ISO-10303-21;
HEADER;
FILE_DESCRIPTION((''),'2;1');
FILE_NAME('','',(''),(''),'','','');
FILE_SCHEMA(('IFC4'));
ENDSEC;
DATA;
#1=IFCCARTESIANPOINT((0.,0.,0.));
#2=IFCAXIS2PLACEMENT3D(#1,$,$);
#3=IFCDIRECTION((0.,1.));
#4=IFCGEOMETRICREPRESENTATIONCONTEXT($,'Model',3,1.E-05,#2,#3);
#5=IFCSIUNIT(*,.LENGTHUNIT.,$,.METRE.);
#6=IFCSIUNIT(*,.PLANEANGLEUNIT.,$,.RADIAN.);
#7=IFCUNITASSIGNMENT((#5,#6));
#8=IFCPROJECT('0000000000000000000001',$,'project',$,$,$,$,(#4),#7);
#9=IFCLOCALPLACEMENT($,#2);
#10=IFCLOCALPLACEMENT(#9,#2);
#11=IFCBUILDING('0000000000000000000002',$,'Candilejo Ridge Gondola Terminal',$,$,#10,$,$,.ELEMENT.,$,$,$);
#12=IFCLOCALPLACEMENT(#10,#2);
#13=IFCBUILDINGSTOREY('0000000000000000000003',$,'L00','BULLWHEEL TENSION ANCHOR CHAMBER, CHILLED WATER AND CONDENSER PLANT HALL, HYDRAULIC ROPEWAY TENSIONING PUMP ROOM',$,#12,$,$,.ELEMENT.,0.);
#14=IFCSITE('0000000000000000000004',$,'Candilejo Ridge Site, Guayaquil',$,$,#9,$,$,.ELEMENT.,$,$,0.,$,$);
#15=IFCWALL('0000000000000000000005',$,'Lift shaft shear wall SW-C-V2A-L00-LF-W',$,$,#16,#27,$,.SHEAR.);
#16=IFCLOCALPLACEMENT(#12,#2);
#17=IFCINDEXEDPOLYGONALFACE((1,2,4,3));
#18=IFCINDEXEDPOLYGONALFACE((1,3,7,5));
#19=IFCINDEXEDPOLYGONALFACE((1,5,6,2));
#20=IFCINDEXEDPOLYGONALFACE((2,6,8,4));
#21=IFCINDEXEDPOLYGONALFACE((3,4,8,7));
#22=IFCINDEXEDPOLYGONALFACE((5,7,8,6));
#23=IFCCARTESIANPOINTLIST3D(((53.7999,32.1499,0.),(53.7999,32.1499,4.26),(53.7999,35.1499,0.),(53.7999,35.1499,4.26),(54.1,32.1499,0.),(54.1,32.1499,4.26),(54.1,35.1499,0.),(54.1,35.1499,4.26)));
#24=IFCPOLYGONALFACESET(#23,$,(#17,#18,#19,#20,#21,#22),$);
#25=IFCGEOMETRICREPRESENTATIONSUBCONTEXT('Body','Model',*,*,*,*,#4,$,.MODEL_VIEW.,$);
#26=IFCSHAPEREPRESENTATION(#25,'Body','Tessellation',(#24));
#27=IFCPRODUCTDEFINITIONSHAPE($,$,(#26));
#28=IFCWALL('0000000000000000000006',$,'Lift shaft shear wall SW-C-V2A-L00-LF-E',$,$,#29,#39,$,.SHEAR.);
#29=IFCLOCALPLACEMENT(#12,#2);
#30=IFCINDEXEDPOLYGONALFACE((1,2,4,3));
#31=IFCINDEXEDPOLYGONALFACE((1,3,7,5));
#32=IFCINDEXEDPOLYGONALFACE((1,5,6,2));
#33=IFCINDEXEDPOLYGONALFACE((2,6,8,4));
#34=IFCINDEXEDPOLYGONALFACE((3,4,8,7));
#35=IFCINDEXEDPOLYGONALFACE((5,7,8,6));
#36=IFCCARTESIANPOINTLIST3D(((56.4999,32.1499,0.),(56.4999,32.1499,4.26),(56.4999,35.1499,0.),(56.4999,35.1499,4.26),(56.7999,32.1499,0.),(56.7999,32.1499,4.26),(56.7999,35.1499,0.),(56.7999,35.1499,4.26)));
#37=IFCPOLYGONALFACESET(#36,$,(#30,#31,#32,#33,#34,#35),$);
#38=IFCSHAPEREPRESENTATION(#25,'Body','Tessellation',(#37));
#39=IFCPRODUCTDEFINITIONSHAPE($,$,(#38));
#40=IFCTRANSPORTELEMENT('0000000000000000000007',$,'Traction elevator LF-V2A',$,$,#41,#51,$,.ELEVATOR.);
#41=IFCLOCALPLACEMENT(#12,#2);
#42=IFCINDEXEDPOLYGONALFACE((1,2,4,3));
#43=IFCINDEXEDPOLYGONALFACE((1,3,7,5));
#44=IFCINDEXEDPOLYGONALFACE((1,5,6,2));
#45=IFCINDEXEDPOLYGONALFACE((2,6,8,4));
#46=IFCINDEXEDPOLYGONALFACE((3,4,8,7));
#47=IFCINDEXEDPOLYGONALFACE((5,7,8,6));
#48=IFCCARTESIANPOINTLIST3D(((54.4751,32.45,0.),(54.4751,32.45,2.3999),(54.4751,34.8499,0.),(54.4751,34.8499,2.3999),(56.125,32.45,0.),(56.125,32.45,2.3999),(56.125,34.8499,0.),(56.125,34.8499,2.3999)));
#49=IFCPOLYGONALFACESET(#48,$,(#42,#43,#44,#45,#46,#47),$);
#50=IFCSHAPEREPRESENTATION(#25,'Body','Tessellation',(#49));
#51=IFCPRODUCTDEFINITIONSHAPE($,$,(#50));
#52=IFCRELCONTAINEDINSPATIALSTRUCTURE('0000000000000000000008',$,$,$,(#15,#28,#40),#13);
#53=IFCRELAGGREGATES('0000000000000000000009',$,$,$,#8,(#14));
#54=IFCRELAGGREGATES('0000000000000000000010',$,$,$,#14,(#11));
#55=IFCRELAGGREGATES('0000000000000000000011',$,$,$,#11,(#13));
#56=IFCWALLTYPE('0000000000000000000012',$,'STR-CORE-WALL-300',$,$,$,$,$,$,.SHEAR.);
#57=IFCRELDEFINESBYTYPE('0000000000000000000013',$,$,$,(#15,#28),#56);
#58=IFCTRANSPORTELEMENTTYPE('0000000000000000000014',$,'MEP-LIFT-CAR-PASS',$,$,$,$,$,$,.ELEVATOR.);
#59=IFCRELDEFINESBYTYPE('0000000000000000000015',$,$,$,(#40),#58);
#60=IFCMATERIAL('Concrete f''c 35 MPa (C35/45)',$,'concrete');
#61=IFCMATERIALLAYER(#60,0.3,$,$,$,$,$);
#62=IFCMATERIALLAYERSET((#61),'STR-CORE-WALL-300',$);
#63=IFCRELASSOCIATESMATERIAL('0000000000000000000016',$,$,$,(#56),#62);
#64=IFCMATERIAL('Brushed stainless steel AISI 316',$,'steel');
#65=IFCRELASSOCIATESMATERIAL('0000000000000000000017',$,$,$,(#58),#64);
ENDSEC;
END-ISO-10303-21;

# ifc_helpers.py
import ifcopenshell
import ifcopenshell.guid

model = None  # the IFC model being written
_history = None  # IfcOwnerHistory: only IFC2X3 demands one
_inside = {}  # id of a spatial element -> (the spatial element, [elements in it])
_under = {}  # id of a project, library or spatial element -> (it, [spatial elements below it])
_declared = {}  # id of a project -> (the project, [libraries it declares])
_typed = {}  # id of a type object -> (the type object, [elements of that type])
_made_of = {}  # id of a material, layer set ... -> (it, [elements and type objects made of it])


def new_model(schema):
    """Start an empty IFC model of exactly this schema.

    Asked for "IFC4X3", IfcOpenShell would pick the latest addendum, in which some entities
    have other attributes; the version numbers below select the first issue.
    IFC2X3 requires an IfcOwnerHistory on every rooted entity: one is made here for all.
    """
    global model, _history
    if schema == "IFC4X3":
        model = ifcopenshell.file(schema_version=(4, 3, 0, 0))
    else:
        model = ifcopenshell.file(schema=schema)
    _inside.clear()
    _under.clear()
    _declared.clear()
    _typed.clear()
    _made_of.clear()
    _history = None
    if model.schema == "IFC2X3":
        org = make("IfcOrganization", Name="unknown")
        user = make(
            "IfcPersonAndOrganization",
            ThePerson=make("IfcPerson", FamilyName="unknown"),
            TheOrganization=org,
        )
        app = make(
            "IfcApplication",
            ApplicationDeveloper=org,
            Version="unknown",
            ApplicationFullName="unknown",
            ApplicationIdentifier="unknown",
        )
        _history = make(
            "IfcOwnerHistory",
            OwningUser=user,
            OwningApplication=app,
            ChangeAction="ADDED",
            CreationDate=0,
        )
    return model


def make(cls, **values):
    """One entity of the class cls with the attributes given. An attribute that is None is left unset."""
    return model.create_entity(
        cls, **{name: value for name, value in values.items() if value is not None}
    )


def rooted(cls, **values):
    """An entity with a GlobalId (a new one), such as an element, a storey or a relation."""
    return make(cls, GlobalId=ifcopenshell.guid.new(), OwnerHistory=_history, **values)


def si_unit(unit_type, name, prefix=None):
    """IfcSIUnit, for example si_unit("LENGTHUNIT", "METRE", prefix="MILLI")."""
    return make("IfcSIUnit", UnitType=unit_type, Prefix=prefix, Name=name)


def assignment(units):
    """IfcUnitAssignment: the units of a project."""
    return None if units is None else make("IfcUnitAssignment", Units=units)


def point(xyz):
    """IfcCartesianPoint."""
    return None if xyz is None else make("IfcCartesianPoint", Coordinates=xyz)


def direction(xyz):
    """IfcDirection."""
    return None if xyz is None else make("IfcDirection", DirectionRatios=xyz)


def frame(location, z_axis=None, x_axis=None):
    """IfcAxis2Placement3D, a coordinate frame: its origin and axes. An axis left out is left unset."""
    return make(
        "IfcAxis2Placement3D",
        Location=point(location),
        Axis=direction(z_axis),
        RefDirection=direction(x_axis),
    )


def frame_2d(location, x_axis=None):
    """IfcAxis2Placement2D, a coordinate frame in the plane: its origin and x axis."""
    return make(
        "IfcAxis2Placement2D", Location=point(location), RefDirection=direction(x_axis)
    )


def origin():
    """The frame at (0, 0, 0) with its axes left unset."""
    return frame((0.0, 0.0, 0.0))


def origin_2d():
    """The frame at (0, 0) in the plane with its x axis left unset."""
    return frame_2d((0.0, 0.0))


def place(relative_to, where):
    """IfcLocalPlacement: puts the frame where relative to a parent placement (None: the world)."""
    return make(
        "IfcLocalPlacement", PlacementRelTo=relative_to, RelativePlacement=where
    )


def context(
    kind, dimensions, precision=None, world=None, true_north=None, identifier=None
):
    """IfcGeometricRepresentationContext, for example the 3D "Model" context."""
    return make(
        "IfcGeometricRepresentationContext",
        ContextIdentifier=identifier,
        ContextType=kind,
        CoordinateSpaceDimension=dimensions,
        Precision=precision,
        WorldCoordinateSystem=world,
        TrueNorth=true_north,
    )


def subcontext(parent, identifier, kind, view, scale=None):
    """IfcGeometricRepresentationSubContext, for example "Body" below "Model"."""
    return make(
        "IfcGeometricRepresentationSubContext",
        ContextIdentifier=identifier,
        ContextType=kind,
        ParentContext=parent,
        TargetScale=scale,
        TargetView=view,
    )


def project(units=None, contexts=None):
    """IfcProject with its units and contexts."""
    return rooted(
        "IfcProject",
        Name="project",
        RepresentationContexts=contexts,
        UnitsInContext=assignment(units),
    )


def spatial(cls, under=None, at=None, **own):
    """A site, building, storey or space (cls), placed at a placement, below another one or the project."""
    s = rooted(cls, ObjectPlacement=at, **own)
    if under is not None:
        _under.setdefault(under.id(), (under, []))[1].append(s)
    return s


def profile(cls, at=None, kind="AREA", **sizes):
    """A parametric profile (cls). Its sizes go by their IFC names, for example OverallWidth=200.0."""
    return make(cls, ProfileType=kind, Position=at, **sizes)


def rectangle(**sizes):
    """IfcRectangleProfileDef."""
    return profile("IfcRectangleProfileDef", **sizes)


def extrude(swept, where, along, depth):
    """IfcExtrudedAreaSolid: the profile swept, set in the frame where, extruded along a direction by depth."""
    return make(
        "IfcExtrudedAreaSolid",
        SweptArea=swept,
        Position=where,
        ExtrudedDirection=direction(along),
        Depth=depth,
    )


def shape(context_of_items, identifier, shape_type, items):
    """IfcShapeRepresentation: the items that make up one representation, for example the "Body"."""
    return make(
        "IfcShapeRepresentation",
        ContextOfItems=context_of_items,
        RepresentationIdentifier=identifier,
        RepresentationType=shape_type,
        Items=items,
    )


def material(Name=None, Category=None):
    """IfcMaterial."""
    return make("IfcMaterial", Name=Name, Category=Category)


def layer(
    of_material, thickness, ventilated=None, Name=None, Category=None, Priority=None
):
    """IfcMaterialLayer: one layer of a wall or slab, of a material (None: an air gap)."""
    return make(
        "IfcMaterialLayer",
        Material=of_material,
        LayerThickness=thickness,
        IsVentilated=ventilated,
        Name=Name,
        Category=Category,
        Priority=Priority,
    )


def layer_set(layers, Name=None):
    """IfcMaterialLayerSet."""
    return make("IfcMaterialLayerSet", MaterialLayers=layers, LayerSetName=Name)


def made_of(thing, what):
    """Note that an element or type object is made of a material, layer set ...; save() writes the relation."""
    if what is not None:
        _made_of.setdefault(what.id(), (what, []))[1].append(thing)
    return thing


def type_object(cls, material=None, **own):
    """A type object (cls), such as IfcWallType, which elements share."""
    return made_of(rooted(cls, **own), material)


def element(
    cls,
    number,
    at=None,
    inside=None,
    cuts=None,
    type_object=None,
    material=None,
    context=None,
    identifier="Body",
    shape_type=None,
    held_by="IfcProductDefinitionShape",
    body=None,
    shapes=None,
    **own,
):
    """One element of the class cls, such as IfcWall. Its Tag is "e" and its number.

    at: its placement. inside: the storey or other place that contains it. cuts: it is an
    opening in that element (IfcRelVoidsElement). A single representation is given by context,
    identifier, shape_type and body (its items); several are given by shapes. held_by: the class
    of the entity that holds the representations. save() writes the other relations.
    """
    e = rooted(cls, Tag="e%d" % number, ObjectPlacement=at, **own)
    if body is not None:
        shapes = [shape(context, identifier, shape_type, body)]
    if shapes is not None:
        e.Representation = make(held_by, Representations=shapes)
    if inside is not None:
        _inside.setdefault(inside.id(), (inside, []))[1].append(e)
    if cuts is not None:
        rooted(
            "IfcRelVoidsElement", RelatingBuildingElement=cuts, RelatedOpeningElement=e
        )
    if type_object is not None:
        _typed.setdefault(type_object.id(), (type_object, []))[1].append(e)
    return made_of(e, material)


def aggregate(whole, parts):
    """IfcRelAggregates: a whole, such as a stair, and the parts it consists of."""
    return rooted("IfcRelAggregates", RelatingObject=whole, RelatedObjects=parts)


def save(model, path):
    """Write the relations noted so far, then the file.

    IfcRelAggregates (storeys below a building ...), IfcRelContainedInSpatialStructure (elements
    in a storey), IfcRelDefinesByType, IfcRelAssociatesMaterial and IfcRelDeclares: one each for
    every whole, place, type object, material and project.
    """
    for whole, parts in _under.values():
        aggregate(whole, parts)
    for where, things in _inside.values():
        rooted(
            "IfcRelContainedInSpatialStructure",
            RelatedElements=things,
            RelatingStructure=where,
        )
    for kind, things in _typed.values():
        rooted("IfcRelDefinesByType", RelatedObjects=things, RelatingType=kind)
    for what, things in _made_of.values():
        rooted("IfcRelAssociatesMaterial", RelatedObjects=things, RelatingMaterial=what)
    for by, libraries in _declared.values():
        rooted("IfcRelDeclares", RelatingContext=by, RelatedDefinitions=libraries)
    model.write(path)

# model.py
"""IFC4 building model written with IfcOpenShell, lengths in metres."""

from ifc_helpers import new_model, si_unit, direction, frame, frame_2d, origin, origin_2d, place, context, subcontext, project, spatial, rectangle, extrude, material, layer, layer_set, type_object, element, save


model = new_model("IFC4")

# Units and contexts
model_context = context("Model", 3, precision=1e-05, world=origin(), true_north=direction((0.0, 1.0)))
body_context = subcontext(model_context, "Body", "Model", "MODEL_VIEW")
ifc_project = project(units=[si_unit("LENGTHUNIT", "METRE"), si_unit("PLANEANGLEUNIT", "RADIAN")], contexts=[model_context])

# Site, building, storey
site_placement = place(None, origin())
site = spatial("IfcSite", under=ifc_project, at=site_placement, Name="Candilejo Ridge Site, Guayaquil", CompositionType="ELEMENT", RefElevation=0.0)
building_placement = place(site_placement, origin())
building = spatial("IfcBuilding", under=site, at=building_placement, Name="Candilejo Ridge Gondola Terminal", CompositionType="ELEMENT")
storey_placement = place(building_placement, origin())
storey = spatial("IfcBuildingStorey", under=building, at=storey_placement, Name="L00", Description="BULLWHEEL TENSION ANCHOR CHAMBER, CHILLED WATER AND CONDENSER PLANT HALL, HYDRAULIC ROPEWAY TENSIONING PUMP ROOM", CompositionType="ELEMENT", Elevation=0.0)

# Shared definitions
ifc_material_1 = material(Name="Concrete f'c 35 MPa (C35/45)", Category="concrete")
ifc_layer_1 = layer(ifc_material_1, 0.3)
ifc_layer_set_1 = layer_set([ifc_layer_1], Name="STR-CORE-WALL-300")
wall_type = type_object("IfcWallType", Name="STR-CORE-WALL-300", PredefinedType="SHEAR", material=ifc_layer_set_1)

# Walls
for number, where, z_axis, x_axis, name in (
    (1, (53.95, 32.1499, 0.0), (0.0, 0.0, 1.0), (0.0, 1.0, 0.0), "Lift shaft shear wall SW-C-V2A-L00-LF-W"),
    (2, (56.6499, 32.1499, 0.0), (0.0, 0.0, 1.0), (0.0, 1.0, 0.0), "Lift shaft shear wall SW-C-V2A-L00-LF-E"),
):
    element("IfcWall", number, at=place(storey_placement, frame(where, z_axis=z_axis, x_axis=x_axis)), inside=storey, type_object=wall_type, Name=name, PredefinedType="SHEAR", context=body_context, shape_type="SweptSolid", body=[
        extrude(rectangle(XDim=3.0, YDim=0.3, at=frame_2d((1.5, 0.0))), origin(), (0.0, 0.0, 1.0), 4.26),
    ])

# Transport element
ifc_material_2 = material(Name="Brushed stainless steel AISI 316", Category="steel")
transport_element_type = type_object("IfcTransportElementType", Name="MEP-LIFT-CAR-PASS", PredefinedType="ELEVATOR", material=ifc_material_2)
transport_element_placement = place(storey_placement, frame((55.3, 33.6499, 0.0), z_axis=(0.0, 0.0, 1.0), x_axis=(1.0, 0.0, 0.0)))
element("IfcTransportElement", 3, at=transport_element_placement, inside=storey, type_object=transport_element_type, Name="Traction elevator LF-V2A", PredefinedType="ELEVATOR", context=body_context, shape_type="SweptSolid", body=[
    extrude(rectangle(XDim=1.6499, YDim=2.3999, at=origin_2d()), origin(), (0.0, 0.0, 1.0), 2.3999),
])

save(model, "model.ifc")
